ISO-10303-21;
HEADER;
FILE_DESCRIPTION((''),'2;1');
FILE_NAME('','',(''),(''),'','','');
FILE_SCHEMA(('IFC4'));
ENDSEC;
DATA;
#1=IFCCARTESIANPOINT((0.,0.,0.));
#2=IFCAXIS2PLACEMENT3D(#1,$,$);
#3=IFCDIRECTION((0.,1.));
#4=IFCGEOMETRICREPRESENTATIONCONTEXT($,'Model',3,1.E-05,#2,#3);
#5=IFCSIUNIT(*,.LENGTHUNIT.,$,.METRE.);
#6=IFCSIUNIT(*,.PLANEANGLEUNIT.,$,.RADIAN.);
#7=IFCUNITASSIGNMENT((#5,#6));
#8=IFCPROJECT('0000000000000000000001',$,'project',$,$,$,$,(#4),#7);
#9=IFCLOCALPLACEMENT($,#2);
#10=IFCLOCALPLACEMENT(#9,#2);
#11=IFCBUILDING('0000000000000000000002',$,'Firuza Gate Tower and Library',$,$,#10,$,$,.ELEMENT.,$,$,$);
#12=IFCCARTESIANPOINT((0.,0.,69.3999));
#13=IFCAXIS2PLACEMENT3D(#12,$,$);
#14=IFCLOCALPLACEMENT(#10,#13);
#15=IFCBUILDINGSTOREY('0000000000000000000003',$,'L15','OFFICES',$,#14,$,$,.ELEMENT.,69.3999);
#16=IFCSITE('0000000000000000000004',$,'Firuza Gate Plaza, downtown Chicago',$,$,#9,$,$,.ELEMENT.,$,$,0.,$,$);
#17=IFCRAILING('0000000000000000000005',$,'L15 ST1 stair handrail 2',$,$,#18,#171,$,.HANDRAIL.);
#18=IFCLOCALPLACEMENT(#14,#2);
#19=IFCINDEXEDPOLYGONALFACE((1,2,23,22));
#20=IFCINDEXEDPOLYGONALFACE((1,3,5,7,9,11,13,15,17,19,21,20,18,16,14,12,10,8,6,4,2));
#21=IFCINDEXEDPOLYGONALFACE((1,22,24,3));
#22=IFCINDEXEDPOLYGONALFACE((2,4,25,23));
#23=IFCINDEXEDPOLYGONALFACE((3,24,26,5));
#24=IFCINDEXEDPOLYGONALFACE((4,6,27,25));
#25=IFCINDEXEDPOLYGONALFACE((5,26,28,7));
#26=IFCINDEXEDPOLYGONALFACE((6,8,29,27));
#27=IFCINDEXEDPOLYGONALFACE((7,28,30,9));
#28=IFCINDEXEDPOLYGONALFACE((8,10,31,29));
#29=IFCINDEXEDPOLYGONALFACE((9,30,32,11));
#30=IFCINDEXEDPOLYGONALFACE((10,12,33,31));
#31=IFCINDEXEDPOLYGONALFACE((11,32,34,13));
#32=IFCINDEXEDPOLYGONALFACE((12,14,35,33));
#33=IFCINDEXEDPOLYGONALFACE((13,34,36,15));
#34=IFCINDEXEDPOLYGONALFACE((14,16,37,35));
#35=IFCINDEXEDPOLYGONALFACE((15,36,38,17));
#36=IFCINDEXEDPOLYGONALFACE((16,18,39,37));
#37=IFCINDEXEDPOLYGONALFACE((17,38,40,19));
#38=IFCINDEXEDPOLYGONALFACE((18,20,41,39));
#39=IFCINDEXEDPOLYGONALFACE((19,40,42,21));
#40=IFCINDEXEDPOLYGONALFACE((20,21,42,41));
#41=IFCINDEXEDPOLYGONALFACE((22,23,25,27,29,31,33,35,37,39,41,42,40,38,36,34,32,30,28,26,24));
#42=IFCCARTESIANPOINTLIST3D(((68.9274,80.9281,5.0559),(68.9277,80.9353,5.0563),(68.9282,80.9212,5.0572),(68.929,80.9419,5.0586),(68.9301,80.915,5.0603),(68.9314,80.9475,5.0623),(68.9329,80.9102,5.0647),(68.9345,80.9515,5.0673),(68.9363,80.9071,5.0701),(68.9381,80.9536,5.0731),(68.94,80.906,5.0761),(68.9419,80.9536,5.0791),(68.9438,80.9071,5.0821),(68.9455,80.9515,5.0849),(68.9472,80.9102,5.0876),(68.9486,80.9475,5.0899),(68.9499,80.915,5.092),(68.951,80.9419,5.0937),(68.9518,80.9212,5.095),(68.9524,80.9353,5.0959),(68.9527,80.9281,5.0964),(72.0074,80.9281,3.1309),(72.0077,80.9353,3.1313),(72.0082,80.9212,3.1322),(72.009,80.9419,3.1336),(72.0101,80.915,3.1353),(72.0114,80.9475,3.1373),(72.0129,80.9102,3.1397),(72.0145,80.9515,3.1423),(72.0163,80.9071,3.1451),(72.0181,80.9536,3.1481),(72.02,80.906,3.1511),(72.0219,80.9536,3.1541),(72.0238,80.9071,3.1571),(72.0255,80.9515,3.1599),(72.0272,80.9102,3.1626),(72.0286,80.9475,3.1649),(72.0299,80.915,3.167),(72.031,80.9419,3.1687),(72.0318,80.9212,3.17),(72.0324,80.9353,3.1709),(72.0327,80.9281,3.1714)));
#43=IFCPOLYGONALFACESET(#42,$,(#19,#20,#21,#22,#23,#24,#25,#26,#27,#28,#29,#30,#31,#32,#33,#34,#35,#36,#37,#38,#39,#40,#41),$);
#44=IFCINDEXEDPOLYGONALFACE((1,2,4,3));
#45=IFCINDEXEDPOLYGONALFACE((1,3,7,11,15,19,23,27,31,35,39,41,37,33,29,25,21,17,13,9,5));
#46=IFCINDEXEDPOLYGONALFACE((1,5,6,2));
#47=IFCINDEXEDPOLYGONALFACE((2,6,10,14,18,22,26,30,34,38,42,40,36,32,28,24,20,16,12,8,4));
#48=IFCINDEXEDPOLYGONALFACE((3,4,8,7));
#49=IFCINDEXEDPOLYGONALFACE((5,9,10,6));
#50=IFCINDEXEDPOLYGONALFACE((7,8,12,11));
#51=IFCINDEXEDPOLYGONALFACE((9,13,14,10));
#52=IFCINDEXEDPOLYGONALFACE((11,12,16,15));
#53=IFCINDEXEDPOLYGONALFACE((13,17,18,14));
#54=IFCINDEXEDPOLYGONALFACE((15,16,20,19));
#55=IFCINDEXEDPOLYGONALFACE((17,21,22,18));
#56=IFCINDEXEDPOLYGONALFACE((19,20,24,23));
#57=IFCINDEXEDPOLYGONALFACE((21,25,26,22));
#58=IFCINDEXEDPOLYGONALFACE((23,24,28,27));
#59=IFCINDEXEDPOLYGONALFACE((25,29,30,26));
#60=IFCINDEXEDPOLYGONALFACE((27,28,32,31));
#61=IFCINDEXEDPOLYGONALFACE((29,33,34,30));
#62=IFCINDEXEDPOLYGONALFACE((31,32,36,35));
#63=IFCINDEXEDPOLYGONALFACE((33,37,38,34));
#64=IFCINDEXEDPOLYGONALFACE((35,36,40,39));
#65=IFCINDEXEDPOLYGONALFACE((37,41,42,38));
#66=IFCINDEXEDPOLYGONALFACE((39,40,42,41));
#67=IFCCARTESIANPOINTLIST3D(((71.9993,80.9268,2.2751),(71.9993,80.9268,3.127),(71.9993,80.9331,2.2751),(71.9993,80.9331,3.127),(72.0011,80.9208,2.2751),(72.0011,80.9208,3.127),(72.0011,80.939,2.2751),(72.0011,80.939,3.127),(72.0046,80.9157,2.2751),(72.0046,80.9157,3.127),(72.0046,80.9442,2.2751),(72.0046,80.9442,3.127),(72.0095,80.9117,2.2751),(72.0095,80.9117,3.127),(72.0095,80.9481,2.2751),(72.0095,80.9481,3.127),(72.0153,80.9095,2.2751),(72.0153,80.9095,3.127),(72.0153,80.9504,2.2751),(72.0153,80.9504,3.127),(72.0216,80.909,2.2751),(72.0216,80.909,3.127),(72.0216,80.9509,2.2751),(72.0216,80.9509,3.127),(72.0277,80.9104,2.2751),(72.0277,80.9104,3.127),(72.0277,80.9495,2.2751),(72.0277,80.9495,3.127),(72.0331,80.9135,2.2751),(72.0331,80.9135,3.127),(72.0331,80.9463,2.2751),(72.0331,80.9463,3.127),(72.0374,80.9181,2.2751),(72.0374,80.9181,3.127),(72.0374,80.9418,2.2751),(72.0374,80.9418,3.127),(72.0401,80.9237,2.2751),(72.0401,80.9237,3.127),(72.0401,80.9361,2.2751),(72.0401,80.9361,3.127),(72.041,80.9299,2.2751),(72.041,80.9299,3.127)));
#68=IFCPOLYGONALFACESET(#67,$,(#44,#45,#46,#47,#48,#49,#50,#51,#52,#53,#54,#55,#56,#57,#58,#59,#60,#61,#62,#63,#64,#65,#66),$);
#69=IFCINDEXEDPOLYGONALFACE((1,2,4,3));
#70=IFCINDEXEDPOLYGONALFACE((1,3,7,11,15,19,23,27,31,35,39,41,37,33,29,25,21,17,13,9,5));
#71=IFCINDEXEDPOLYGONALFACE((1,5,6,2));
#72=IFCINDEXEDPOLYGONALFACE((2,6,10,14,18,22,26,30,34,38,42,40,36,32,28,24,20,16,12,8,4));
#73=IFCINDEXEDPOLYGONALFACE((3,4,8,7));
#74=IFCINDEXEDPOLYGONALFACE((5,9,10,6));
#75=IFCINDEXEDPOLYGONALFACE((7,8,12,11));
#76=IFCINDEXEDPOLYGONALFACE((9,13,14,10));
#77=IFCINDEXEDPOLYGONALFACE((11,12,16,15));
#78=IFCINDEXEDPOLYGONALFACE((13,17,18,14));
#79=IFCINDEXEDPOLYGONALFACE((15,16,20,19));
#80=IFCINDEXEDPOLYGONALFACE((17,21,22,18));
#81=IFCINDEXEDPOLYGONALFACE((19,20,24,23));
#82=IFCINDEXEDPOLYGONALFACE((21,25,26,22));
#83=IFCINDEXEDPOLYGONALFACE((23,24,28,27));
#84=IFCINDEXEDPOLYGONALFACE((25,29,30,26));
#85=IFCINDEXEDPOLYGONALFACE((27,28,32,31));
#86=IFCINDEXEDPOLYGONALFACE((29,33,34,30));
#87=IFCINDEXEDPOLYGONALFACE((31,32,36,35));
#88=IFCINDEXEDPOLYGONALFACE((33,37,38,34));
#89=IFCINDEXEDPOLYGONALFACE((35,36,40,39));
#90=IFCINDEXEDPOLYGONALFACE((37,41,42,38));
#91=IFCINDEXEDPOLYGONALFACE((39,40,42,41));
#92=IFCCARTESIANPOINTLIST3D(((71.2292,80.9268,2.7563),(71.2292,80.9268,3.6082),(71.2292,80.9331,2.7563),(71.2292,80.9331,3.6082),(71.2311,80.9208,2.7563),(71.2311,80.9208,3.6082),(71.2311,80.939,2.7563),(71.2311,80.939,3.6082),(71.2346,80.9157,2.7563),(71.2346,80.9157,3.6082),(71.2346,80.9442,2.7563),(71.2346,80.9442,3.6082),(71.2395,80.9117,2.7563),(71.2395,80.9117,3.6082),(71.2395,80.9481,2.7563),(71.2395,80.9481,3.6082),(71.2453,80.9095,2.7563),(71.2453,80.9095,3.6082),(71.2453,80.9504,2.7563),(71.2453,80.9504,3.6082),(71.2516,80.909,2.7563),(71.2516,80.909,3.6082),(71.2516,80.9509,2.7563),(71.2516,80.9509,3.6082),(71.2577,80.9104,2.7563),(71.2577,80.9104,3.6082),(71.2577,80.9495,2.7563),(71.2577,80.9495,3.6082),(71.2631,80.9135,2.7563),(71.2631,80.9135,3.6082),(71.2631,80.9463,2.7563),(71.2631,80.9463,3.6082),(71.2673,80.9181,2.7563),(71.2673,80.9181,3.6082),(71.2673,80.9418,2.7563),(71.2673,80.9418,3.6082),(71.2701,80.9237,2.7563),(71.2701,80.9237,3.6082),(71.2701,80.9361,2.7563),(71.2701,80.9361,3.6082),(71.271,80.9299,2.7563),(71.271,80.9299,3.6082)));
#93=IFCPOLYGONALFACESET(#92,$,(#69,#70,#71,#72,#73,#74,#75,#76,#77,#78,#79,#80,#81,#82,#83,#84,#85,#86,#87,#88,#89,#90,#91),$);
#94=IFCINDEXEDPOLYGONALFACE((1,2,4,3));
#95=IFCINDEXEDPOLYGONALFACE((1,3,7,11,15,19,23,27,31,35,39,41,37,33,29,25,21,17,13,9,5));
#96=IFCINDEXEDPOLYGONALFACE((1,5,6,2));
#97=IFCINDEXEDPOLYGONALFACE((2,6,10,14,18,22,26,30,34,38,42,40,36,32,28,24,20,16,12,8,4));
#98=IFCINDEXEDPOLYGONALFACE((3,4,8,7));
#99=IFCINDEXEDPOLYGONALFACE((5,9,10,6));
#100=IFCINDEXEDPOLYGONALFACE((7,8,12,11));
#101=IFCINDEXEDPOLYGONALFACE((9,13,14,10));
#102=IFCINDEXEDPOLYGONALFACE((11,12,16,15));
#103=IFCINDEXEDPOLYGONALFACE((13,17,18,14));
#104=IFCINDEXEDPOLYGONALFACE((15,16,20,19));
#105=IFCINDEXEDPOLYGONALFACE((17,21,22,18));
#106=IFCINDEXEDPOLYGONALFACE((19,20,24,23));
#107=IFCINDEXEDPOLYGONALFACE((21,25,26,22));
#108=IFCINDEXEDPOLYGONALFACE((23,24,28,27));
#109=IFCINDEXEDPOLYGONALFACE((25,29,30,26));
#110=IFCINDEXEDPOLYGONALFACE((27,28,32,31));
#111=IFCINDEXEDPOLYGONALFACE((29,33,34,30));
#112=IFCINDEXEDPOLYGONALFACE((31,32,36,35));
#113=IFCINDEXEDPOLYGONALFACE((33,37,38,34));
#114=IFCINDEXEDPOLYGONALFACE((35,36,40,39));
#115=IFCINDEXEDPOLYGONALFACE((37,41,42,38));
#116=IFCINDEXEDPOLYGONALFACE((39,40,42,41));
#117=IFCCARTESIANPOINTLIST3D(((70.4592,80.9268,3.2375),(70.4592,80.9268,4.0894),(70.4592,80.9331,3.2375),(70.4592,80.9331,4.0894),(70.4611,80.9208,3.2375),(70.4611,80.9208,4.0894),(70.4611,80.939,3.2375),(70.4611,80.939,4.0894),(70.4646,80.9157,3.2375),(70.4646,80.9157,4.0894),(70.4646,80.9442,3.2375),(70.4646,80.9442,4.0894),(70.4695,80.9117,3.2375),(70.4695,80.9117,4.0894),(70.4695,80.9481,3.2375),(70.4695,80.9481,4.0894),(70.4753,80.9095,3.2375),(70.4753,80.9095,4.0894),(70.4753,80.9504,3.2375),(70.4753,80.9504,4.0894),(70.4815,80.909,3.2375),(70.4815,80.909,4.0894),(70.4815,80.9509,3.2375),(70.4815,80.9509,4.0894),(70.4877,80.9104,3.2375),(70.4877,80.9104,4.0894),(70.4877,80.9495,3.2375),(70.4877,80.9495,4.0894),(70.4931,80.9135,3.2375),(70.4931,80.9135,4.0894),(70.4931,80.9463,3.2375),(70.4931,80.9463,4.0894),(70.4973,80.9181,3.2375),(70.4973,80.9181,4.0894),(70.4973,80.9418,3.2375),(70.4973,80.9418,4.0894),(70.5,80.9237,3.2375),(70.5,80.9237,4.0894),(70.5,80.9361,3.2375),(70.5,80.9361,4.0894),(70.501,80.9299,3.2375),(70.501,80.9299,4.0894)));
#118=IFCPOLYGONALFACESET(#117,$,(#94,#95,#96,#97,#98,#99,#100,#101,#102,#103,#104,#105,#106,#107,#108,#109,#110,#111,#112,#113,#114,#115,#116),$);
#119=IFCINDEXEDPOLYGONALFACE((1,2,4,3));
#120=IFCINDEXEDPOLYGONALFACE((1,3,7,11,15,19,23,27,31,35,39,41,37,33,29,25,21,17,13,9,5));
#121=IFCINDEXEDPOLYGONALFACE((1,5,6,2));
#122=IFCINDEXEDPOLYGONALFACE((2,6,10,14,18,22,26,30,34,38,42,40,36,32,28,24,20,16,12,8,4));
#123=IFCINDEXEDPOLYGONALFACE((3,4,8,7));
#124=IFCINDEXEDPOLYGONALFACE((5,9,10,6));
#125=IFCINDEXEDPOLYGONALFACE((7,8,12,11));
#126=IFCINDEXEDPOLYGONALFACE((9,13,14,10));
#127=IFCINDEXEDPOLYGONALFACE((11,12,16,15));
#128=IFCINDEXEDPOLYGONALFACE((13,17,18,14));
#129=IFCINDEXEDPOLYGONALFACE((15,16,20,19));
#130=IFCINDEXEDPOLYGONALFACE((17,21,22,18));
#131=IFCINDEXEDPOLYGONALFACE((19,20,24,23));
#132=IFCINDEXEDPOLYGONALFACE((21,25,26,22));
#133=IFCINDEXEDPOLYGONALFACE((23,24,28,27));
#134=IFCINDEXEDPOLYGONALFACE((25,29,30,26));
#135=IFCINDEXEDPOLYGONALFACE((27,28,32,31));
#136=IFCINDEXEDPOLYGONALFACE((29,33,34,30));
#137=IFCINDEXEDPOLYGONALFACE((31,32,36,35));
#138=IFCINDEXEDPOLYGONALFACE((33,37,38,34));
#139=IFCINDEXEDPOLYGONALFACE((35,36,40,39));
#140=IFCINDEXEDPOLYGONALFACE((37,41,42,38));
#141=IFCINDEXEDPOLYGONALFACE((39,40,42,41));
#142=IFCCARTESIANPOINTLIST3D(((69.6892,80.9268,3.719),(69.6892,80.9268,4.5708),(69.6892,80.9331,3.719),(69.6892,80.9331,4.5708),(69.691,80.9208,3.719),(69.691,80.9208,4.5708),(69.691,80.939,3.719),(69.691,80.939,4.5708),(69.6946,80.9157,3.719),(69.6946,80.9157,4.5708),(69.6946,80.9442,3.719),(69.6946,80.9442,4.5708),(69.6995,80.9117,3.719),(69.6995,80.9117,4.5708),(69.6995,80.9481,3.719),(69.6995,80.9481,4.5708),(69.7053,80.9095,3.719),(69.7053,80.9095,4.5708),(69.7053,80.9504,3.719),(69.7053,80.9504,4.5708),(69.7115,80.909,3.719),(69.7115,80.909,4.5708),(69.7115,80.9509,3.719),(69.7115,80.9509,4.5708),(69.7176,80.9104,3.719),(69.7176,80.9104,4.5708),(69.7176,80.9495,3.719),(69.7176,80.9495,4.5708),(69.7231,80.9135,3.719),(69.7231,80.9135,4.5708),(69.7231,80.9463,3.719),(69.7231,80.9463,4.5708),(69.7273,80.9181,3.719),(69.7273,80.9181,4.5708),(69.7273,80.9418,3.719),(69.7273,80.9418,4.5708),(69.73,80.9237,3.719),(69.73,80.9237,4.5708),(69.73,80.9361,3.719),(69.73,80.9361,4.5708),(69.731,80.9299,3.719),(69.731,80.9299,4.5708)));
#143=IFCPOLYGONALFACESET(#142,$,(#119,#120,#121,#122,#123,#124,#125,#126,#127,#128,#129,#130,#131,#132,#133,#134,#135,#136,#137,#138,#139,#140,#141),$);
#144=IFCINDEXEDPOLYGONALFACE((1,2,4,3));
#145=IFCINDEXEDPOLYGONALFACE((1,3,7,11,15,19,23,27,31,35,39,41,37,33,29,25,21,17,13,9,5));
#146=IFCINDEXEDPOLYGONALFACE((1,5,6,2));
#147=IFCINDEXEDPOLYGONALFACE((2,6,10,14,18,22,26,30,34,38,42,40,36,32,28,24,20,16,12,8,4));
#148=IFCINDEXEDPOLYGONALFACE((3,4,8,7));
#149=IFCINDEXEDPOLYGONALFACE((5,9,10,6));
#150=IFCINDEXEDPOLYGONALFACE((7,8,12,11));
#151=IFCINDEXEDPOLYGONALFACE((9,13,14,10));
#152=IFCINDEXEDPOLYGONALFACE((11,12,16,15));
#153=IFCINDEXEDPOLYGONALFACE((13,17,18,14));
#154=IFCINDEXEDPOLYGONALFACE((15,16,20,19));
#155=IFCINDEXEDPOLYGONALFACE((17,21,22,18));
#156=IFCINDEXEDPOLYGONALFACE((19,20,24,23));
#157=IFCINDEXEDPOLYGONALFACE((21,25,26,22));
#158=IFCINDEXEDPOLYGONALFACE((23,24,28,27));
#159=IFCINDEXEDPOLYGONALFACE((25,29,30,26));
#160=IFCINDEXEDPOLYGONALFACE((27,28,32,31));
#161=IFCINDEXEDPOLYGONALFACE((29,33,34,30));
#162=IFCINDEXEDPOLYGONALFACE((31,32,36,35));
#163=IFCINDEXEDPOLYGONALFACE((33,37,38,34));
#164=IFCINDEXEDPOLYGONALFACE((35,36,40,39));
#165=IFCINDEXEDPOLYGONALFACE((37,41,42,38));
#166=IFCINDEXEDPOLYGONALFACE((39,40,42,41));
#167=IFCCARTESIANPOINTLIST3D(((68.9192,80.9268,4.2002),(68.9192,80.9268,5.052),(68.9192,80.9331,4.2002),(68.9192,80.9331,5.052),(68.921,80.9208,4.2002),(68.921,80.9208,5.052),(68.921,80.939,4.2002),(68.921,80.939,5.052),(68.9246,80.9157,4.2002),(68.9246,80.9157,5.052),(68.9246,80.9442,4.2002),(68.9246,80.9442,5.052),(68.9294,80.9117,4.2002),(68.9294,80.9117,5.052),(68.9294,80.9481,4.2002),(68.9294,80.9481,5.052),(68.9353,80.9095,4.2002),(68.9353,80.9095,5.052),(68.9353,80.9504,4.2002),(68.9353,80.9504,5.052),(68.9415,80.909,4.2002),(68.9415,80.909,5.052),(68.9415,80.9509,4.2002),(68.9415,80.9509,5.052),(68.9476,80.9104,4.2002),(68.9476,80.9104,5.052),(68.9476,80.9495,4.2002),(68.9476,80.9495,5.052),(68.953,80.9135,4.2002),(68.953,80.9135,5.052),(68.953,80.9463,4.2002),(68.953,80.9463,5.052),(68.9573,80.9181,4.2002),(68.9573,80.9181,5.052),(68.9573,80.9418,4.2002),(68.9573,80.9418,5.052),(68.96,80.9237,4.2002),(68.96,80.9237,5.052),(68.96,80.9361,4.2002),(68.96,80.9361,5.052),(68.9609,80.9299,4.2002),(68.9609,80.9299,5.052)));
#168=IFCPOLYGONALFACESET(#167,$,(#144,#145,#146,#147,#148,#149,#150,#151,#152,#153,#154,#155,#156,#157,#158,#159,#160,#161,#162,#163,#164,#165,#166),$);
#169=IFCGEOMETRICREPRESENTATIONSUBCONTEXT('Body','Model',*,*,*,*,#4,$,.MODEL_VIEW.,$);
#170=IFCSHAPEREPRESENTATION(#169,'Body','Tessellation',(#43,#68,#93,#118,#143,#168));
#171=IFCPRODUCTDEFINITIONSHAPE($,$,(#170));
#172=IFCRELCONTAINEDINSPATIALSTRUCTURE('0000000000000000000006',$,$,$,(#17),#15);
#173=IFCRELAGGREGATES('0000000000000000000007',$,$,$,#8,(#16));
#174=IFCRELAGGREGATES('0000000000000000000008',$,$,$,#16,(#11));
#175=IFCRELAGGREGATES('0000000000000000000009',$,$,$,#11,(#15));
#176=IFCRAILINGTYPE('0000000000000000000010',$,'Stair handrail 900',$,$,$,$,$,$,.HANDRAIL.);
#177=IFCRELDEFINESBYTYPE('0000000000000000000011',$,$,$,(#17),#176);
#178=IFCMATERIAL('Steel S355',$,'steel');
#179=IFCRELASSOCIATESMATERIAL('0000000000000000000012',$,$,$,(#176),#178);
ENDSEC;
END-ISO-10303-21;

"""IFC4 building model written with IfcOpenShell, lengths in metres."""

from ifc_helpers import new_model, si_unit, direction, frame, origin, origin_2d, place, context, subcontext, project, spatial, circle, extrude, material, type_object, element, save


model = new_model("IFC4")

# Units and contexts
model_context = context("Model", 3, precision=1e-05, world=origin(), true_north=direction((0.0, 1.0)))
body_context = subcontext(model_context, "Body", "Model", "MODEL_VIEW")
ifc_project = project(units=[si_unit("LENGTHUNIT", "METRE"), si_unit("PLANEANGLEUNIT", "RADIAN")], contexts=[model_context])

# Site, building, storey
site_placement = place(None, origin())
site = spatial("IfcSite", under=ifc_project, at=site_placement, Name="Firuza Gate Plaza, downtown Chicago", CompositionType="ELEMENT", RefElevation=0.0)
building_placement = place(site_placement, origin())
building = spatial("IfcBuilding", under=site, at=building_placement, Name="Firuza Gate Tower and Library", CompositionType="ELEMENT")
storey_placement = place(building_placement, frame((0.0, 0.0, 69.3999)))
storey = spatial("IfcBuildingStorey", under=building, at=storey_placement, Name="L15", Description="OFFICES", CompositionType="ELEMENT", Elevation=69.3999)

# Railing
ifc_material_1 = material(Name="Steel S355", Category="steel")
railing_type_1 = type_object("IfcRailingType", Name="Stair handrail 900", PredefinedType="HANDRAIL", material=ifc_material_1)
railing_1_placement = place(storey_placement, frame((72.02, 80.9299, 2.2751)))
element("IfcRailing", 1, at=railing_1_placement, inside=storey, type_object=railing_type_1, Name="L15 ST1 stair handrail 2", PredefinedType="HANDRAIL", context=body_context, shape_type="SweptSolid", body=[
    extrude(circle(Radius=0.0239, at=origin_2d()), frame((0.0, 0.0, 0.876), z_axis=(-0.847998, 0.0, 0.529999), x_axis=(0.0, -1.0, 0.0)), (0.0, 0.0, 1.0), 3.6321),
    extrude(circle(Radius=0.021, at=origin_2d()), origin(), (0.0, 0.0, 1.0), 0.8518),
    extrude(circle(Radius=0.021, at=origin_2d()), frame((-0.77, 0.0, 0.4812)), (0.0, 0.0, 1.0), 0.8518),
    extrude(circle(Radius=0.021, at=origin_2d()), frame((-1.54, 0.0, 0.9624)), (0.0, 0.0, 1.0), 0.8518),
    extrude(circle(Radius=0.021, at=origin_2d()), frame((-2.3101, 0.0, 1.4438)), (0.0, 0.0, 1.0), 0.8518),
    extrude(circle(Radius=0.021, at=origin_2d()), frame((-3.0801, 0.0, 1.925)), (0.0, 0.0, 1.0), 0.8518),
])

save(model, "model.ifc")
